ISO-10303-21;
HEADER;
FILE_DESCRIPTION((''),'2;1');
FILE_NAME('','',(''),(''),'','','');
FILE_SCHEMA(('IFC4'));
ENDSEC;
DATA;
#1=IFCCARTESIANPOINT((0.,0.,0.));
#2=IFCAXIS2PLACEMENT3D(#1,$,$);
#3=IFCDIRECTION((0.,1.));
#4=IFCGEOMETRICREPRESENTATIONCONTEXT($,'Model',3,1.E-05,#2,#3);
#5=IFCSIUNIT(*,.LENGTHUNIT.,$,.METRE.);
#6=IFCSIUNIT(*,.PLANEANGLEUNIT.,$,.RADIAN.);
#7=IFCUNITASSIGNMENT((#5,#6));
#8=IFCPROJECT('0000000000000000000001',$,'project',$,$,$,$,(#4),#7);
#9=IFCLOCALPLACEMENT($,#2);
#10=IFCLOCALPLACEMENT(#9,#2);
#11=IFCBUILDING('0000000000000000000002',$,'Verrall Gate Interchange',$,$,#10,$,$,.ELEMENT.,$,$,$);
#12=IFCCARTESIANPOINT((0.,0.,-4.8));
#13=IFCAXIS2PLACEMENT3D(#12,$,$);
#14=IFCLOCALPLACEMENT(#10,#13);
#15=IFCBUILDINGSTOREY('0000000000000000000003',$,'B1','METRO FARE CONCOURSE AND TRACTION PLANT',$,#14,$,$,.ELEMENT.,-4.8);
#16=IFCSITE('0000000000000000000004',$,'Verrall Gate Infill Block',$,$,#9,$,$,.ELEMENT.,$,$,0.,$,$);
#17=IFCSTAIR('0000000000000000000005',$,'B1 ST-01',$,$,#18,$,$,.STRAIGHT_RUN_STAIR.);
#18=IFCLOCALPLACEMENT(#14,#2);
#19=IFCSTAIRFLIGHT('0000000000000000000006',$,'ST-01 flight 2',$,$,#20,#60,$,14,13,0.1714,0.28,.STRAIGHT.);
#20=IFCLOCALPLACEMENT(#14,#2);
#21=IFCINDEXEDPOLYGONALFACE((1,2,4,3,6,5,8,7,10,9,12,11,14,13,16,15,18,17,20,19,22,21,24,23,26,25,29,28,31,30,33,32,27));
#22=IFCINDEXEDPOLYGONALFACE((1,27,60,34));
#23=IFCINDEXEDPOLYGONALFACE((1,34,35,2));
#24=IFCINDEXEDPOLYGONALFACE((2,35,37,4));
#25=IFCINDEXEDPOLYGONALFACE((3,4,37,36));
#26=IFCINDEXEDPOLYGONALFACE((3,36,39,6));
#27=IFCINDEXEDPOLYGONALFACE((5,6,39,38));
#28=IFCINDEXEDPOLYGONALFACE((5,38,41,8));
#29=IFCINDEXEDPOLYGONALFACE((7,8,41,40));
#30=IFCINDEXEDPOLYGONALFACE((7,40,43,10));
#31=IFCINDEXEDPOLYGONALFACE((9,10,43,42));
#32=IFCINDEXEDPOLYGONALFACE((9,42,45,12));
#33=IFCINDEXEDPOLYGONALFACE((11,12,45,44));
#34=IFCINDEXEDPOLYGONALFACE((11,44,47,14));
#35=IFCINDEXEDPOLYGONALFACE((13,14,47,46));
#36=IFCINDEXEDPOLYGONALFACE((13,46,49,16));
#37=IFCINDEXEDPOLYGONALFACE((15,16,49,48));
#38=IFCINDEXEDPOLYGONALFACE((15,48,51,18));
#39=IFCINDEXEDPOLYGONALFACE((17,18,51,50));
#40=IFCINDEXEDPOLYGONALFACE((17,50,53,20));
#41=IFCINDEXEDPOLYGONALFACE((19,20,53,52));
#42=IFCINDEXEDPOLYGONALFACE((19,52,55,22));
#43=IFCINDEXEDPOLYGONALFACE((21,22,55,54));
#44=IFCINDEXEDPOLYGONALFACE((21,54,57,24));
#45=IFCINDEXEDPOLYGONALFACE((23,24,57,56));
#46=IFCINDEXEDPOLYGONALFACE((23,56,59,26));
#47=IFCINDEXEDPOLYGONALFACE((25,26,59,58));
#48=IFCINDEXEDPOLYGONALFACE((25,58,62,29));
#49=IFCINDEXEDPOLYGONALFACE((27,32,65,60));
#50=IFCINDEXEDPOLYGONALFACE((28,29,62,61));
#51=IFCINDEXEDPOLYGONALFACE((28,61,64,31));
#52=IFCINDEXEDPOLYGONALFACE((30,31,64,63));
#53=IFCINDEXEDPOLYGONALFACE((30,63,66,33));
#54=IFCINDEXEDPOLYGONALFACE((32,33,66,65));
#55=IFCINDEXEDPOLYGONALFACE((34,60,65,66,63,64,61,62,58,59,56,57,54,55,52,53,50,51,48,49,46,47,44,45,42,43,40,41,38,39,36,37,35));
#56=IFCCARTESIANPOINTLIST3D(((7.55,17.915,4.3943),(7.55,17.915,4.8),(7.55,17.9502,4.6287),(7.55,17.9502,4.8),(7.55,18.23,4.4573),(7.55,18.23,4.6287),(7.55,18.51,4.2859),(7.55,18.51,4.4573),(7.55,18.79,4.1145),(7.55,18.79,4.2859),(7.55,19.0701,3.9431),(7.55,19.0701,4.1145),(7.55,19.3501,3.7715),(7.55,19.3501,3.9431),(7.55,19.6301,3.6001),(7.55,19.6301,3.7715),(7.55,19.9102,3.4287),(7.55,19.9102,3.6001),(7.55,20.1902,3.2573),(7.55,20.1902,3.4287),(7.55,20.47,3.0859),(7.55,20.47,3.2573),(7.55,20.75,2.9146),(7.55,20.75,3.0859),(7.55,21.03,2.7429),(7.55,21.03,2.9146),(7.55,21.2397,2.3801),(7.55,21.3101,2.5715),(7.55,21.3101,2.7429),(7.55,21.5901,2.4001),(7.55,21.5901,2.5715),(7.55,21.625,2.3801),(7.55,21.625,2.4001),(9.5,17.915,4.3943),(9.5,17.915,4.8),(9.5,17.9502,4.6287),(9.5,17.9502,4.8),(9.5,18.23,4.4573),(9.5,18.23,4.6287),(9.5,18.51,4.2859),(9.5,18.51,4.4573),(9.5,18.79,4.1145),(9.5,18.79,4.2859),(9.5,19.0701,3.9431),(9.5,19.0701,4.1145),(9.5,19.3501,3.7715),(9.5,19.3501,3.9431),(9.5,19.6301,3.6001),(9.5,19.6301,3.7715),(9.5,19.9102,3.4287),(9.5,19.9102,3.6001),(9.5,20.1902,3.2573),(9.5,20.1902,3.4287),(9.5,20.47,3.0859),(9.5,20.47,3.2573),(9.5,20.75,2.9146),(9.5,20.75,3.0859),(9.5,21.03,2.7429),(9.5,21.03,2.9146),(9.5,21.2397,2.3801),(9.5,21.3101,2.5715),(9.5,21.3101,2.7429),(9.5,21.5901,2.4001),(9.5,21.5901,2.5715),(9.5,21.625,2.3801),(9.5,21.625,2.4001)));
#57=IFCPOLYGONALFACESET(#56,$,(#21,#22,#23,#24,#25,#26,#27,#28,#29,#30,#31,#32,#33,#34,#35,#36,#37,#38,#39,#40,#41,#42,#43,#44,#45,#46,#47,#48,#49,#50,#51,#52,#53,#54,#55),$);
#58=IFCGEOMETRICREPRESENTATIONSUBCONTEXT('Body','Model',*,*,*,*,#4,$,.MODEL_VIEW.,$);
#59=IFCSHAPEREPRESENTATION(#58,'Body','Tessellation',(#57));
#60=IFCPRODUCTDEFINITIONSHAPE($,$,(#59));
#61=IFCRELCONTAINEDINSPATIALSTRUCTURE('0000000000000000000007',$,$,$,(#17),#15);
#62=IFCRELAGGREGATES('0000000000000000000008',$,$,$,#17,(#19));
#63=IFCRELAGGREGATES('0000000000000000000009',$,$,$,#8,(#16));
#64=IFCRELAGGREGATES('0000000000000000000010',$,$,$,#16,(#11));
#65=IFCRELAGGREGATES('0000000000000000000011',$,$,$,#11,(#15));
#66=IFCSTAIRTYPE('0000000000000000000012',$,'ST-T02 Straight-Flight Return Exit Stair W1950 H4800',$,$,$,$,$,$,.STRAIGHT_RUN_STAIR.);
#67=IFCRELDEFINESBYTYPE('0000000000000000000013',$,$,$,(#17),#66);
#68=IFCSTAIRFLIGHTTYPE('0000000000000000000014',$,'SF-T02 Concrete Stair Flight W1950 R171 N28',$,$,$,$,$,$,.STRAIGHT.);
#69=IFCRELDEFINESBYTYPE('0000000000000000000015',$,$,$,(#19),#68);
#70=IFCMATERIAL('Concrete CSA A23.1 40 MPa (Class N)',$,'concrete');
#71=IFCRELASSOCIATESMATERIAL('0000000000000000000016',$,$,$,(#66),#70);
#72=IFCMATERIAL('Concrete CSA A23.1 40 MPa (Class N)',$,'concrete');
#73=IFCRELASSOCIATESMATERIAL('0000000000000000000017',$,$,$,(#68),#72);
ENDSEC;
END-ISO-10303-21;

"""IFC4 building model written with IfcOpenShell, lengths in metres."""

from ifc_helpers import new_model, si_unit, direction, frame, origin, place, context, subcontext, project, spatial, polyline, outline, extrude, material, type_object, element, aggregate, save


model = new_model("IFC4")

# Units and contexts
model_context = context("Model", 3, precision=1e-05, world=origin(), true_north=direction((0.0, 1.0)))
body_context = subcontext(model_context, "Body", "Model", "MODEL_VIEW")
ifc_project = project(units=[si_unit("LENGTHUNIT", "METRE"), si_unit("PLANEANGLEUNIT", "RADIAN")], contexts=[model_context])

# Site, building, storey
site_placement = place(None, origin())
site = spatial("IfcSite", under=ifc_project, at=site_placement, Name="Verrall Gate Infill Block", CompositionType="ELEMENT", RefElevation=0.0)
building_placement = place(site_placement, origin())
building = spatial("IfcBuilding", under=site, at=building_placement, Name="Verrall Gate Interchange", CompositionType="ELEMENT")
storey_placement = place(building_placement, frame((0.0, 0.0, -4.8)))
storey = spatial("IfcBuildingStorey", under=building, at=storey_placement, Name="B1", Description="METRO FARE CONCOURSE AND TRACTION PLANT", CompositionType="ELEMENT", Elevation=-4.8)

# Stair, stair flight
ifc_material_1 = material(Name="Concrete CSA A23.1 40 MPa (Class N)", Category="concrete")
stair_type = type_object("IfcStairType", Name="ST-T02 Straight-Flight Return Exit Stair W1950 H4800", PredefinedType="STRAIGHT_RUN_STAIR", material=ifc_material_1)
stair_placement = place(storey_placement, origin())
stair = element("IfcStair", 1, at=stair_placement, inside=storey, type_object=stair_type, Name="B1 ST-01", PredefinedType="STRAIGHT_RUN_STAIR")
ifc_material_2 = material(Name="Concrete CSA A23.1 40 MPa (Class N)", Category="concrete")
stair_flight_type = type_object("IfcStairFlightType", Name="SF-T02 Concrete Stair Flight W1950 R171 N28", PredefinedType="STRAIGHT", material=ifc_material_2)
stair_flight_1_placement = place(storey_placement, frame((8.5249, 21.5901, 2.4001), z_axis=(0.0, 0.0, 1.0), x_axis=(0.0, -1.0, 0.0)))
stair_flight_1 = element("IfcStairFlight", 2, at=stair_flight_1_placement, type_object=stair_flight_type, Name="ST-01 flight 2", NumberOfRisers=14, NumberOfTreads=13, PredefinedType="STRAIGHT", RiserHeight=0.1714, TreadLength=0.28, context=body_context, shape_type="SweptSolid", body=[
    extrude(outline(polyline([(-0.0349, -0.02), (-0.0349, 0.0), (0.0, 0.0), (0.0, 0.1714), (0.28, 0.1714), (0.28, 0.3428), (0.5601, 0.3428), (0.5601, 0.5144), (0.8401, 0.5144), (0.8401, 0.6858), (1.1201, 0.6858), (1.1201, 0.8572), (1.3999, 0.8572), (1.3999, 1.0286), (1.6799, 1.0286), (1.6799, 1.2), (1.96, 1.2), (1.96, 1.3713), (2.24, 1.3713), (2.24, 1.543), (2.52, 1.543), (2.52, 1.7144), (2.8, 1.7144), (2.8, 1.8857), (3.0801, 1.8857), (3.0801, 2.0571), (3.3601, 2.0571), (3.3601, 2.2285), (3.6399, 2.2285), (3.6399, 2.3999), (3.675, 2.3999), (3.675, 1.9941), (0.3503, -0.02), (-0.0349, -0.02)])), frame((0.0, 0.9751, 0.0), z_axis=(0.0, -1.0, 0.0), x_axis=(1.0, 0.0, 0.0)), (0.0, 0.0, 1.0), 1.95),
])
aggregate(stair, [stair_flight_1])

save(model, "model.ifc")
